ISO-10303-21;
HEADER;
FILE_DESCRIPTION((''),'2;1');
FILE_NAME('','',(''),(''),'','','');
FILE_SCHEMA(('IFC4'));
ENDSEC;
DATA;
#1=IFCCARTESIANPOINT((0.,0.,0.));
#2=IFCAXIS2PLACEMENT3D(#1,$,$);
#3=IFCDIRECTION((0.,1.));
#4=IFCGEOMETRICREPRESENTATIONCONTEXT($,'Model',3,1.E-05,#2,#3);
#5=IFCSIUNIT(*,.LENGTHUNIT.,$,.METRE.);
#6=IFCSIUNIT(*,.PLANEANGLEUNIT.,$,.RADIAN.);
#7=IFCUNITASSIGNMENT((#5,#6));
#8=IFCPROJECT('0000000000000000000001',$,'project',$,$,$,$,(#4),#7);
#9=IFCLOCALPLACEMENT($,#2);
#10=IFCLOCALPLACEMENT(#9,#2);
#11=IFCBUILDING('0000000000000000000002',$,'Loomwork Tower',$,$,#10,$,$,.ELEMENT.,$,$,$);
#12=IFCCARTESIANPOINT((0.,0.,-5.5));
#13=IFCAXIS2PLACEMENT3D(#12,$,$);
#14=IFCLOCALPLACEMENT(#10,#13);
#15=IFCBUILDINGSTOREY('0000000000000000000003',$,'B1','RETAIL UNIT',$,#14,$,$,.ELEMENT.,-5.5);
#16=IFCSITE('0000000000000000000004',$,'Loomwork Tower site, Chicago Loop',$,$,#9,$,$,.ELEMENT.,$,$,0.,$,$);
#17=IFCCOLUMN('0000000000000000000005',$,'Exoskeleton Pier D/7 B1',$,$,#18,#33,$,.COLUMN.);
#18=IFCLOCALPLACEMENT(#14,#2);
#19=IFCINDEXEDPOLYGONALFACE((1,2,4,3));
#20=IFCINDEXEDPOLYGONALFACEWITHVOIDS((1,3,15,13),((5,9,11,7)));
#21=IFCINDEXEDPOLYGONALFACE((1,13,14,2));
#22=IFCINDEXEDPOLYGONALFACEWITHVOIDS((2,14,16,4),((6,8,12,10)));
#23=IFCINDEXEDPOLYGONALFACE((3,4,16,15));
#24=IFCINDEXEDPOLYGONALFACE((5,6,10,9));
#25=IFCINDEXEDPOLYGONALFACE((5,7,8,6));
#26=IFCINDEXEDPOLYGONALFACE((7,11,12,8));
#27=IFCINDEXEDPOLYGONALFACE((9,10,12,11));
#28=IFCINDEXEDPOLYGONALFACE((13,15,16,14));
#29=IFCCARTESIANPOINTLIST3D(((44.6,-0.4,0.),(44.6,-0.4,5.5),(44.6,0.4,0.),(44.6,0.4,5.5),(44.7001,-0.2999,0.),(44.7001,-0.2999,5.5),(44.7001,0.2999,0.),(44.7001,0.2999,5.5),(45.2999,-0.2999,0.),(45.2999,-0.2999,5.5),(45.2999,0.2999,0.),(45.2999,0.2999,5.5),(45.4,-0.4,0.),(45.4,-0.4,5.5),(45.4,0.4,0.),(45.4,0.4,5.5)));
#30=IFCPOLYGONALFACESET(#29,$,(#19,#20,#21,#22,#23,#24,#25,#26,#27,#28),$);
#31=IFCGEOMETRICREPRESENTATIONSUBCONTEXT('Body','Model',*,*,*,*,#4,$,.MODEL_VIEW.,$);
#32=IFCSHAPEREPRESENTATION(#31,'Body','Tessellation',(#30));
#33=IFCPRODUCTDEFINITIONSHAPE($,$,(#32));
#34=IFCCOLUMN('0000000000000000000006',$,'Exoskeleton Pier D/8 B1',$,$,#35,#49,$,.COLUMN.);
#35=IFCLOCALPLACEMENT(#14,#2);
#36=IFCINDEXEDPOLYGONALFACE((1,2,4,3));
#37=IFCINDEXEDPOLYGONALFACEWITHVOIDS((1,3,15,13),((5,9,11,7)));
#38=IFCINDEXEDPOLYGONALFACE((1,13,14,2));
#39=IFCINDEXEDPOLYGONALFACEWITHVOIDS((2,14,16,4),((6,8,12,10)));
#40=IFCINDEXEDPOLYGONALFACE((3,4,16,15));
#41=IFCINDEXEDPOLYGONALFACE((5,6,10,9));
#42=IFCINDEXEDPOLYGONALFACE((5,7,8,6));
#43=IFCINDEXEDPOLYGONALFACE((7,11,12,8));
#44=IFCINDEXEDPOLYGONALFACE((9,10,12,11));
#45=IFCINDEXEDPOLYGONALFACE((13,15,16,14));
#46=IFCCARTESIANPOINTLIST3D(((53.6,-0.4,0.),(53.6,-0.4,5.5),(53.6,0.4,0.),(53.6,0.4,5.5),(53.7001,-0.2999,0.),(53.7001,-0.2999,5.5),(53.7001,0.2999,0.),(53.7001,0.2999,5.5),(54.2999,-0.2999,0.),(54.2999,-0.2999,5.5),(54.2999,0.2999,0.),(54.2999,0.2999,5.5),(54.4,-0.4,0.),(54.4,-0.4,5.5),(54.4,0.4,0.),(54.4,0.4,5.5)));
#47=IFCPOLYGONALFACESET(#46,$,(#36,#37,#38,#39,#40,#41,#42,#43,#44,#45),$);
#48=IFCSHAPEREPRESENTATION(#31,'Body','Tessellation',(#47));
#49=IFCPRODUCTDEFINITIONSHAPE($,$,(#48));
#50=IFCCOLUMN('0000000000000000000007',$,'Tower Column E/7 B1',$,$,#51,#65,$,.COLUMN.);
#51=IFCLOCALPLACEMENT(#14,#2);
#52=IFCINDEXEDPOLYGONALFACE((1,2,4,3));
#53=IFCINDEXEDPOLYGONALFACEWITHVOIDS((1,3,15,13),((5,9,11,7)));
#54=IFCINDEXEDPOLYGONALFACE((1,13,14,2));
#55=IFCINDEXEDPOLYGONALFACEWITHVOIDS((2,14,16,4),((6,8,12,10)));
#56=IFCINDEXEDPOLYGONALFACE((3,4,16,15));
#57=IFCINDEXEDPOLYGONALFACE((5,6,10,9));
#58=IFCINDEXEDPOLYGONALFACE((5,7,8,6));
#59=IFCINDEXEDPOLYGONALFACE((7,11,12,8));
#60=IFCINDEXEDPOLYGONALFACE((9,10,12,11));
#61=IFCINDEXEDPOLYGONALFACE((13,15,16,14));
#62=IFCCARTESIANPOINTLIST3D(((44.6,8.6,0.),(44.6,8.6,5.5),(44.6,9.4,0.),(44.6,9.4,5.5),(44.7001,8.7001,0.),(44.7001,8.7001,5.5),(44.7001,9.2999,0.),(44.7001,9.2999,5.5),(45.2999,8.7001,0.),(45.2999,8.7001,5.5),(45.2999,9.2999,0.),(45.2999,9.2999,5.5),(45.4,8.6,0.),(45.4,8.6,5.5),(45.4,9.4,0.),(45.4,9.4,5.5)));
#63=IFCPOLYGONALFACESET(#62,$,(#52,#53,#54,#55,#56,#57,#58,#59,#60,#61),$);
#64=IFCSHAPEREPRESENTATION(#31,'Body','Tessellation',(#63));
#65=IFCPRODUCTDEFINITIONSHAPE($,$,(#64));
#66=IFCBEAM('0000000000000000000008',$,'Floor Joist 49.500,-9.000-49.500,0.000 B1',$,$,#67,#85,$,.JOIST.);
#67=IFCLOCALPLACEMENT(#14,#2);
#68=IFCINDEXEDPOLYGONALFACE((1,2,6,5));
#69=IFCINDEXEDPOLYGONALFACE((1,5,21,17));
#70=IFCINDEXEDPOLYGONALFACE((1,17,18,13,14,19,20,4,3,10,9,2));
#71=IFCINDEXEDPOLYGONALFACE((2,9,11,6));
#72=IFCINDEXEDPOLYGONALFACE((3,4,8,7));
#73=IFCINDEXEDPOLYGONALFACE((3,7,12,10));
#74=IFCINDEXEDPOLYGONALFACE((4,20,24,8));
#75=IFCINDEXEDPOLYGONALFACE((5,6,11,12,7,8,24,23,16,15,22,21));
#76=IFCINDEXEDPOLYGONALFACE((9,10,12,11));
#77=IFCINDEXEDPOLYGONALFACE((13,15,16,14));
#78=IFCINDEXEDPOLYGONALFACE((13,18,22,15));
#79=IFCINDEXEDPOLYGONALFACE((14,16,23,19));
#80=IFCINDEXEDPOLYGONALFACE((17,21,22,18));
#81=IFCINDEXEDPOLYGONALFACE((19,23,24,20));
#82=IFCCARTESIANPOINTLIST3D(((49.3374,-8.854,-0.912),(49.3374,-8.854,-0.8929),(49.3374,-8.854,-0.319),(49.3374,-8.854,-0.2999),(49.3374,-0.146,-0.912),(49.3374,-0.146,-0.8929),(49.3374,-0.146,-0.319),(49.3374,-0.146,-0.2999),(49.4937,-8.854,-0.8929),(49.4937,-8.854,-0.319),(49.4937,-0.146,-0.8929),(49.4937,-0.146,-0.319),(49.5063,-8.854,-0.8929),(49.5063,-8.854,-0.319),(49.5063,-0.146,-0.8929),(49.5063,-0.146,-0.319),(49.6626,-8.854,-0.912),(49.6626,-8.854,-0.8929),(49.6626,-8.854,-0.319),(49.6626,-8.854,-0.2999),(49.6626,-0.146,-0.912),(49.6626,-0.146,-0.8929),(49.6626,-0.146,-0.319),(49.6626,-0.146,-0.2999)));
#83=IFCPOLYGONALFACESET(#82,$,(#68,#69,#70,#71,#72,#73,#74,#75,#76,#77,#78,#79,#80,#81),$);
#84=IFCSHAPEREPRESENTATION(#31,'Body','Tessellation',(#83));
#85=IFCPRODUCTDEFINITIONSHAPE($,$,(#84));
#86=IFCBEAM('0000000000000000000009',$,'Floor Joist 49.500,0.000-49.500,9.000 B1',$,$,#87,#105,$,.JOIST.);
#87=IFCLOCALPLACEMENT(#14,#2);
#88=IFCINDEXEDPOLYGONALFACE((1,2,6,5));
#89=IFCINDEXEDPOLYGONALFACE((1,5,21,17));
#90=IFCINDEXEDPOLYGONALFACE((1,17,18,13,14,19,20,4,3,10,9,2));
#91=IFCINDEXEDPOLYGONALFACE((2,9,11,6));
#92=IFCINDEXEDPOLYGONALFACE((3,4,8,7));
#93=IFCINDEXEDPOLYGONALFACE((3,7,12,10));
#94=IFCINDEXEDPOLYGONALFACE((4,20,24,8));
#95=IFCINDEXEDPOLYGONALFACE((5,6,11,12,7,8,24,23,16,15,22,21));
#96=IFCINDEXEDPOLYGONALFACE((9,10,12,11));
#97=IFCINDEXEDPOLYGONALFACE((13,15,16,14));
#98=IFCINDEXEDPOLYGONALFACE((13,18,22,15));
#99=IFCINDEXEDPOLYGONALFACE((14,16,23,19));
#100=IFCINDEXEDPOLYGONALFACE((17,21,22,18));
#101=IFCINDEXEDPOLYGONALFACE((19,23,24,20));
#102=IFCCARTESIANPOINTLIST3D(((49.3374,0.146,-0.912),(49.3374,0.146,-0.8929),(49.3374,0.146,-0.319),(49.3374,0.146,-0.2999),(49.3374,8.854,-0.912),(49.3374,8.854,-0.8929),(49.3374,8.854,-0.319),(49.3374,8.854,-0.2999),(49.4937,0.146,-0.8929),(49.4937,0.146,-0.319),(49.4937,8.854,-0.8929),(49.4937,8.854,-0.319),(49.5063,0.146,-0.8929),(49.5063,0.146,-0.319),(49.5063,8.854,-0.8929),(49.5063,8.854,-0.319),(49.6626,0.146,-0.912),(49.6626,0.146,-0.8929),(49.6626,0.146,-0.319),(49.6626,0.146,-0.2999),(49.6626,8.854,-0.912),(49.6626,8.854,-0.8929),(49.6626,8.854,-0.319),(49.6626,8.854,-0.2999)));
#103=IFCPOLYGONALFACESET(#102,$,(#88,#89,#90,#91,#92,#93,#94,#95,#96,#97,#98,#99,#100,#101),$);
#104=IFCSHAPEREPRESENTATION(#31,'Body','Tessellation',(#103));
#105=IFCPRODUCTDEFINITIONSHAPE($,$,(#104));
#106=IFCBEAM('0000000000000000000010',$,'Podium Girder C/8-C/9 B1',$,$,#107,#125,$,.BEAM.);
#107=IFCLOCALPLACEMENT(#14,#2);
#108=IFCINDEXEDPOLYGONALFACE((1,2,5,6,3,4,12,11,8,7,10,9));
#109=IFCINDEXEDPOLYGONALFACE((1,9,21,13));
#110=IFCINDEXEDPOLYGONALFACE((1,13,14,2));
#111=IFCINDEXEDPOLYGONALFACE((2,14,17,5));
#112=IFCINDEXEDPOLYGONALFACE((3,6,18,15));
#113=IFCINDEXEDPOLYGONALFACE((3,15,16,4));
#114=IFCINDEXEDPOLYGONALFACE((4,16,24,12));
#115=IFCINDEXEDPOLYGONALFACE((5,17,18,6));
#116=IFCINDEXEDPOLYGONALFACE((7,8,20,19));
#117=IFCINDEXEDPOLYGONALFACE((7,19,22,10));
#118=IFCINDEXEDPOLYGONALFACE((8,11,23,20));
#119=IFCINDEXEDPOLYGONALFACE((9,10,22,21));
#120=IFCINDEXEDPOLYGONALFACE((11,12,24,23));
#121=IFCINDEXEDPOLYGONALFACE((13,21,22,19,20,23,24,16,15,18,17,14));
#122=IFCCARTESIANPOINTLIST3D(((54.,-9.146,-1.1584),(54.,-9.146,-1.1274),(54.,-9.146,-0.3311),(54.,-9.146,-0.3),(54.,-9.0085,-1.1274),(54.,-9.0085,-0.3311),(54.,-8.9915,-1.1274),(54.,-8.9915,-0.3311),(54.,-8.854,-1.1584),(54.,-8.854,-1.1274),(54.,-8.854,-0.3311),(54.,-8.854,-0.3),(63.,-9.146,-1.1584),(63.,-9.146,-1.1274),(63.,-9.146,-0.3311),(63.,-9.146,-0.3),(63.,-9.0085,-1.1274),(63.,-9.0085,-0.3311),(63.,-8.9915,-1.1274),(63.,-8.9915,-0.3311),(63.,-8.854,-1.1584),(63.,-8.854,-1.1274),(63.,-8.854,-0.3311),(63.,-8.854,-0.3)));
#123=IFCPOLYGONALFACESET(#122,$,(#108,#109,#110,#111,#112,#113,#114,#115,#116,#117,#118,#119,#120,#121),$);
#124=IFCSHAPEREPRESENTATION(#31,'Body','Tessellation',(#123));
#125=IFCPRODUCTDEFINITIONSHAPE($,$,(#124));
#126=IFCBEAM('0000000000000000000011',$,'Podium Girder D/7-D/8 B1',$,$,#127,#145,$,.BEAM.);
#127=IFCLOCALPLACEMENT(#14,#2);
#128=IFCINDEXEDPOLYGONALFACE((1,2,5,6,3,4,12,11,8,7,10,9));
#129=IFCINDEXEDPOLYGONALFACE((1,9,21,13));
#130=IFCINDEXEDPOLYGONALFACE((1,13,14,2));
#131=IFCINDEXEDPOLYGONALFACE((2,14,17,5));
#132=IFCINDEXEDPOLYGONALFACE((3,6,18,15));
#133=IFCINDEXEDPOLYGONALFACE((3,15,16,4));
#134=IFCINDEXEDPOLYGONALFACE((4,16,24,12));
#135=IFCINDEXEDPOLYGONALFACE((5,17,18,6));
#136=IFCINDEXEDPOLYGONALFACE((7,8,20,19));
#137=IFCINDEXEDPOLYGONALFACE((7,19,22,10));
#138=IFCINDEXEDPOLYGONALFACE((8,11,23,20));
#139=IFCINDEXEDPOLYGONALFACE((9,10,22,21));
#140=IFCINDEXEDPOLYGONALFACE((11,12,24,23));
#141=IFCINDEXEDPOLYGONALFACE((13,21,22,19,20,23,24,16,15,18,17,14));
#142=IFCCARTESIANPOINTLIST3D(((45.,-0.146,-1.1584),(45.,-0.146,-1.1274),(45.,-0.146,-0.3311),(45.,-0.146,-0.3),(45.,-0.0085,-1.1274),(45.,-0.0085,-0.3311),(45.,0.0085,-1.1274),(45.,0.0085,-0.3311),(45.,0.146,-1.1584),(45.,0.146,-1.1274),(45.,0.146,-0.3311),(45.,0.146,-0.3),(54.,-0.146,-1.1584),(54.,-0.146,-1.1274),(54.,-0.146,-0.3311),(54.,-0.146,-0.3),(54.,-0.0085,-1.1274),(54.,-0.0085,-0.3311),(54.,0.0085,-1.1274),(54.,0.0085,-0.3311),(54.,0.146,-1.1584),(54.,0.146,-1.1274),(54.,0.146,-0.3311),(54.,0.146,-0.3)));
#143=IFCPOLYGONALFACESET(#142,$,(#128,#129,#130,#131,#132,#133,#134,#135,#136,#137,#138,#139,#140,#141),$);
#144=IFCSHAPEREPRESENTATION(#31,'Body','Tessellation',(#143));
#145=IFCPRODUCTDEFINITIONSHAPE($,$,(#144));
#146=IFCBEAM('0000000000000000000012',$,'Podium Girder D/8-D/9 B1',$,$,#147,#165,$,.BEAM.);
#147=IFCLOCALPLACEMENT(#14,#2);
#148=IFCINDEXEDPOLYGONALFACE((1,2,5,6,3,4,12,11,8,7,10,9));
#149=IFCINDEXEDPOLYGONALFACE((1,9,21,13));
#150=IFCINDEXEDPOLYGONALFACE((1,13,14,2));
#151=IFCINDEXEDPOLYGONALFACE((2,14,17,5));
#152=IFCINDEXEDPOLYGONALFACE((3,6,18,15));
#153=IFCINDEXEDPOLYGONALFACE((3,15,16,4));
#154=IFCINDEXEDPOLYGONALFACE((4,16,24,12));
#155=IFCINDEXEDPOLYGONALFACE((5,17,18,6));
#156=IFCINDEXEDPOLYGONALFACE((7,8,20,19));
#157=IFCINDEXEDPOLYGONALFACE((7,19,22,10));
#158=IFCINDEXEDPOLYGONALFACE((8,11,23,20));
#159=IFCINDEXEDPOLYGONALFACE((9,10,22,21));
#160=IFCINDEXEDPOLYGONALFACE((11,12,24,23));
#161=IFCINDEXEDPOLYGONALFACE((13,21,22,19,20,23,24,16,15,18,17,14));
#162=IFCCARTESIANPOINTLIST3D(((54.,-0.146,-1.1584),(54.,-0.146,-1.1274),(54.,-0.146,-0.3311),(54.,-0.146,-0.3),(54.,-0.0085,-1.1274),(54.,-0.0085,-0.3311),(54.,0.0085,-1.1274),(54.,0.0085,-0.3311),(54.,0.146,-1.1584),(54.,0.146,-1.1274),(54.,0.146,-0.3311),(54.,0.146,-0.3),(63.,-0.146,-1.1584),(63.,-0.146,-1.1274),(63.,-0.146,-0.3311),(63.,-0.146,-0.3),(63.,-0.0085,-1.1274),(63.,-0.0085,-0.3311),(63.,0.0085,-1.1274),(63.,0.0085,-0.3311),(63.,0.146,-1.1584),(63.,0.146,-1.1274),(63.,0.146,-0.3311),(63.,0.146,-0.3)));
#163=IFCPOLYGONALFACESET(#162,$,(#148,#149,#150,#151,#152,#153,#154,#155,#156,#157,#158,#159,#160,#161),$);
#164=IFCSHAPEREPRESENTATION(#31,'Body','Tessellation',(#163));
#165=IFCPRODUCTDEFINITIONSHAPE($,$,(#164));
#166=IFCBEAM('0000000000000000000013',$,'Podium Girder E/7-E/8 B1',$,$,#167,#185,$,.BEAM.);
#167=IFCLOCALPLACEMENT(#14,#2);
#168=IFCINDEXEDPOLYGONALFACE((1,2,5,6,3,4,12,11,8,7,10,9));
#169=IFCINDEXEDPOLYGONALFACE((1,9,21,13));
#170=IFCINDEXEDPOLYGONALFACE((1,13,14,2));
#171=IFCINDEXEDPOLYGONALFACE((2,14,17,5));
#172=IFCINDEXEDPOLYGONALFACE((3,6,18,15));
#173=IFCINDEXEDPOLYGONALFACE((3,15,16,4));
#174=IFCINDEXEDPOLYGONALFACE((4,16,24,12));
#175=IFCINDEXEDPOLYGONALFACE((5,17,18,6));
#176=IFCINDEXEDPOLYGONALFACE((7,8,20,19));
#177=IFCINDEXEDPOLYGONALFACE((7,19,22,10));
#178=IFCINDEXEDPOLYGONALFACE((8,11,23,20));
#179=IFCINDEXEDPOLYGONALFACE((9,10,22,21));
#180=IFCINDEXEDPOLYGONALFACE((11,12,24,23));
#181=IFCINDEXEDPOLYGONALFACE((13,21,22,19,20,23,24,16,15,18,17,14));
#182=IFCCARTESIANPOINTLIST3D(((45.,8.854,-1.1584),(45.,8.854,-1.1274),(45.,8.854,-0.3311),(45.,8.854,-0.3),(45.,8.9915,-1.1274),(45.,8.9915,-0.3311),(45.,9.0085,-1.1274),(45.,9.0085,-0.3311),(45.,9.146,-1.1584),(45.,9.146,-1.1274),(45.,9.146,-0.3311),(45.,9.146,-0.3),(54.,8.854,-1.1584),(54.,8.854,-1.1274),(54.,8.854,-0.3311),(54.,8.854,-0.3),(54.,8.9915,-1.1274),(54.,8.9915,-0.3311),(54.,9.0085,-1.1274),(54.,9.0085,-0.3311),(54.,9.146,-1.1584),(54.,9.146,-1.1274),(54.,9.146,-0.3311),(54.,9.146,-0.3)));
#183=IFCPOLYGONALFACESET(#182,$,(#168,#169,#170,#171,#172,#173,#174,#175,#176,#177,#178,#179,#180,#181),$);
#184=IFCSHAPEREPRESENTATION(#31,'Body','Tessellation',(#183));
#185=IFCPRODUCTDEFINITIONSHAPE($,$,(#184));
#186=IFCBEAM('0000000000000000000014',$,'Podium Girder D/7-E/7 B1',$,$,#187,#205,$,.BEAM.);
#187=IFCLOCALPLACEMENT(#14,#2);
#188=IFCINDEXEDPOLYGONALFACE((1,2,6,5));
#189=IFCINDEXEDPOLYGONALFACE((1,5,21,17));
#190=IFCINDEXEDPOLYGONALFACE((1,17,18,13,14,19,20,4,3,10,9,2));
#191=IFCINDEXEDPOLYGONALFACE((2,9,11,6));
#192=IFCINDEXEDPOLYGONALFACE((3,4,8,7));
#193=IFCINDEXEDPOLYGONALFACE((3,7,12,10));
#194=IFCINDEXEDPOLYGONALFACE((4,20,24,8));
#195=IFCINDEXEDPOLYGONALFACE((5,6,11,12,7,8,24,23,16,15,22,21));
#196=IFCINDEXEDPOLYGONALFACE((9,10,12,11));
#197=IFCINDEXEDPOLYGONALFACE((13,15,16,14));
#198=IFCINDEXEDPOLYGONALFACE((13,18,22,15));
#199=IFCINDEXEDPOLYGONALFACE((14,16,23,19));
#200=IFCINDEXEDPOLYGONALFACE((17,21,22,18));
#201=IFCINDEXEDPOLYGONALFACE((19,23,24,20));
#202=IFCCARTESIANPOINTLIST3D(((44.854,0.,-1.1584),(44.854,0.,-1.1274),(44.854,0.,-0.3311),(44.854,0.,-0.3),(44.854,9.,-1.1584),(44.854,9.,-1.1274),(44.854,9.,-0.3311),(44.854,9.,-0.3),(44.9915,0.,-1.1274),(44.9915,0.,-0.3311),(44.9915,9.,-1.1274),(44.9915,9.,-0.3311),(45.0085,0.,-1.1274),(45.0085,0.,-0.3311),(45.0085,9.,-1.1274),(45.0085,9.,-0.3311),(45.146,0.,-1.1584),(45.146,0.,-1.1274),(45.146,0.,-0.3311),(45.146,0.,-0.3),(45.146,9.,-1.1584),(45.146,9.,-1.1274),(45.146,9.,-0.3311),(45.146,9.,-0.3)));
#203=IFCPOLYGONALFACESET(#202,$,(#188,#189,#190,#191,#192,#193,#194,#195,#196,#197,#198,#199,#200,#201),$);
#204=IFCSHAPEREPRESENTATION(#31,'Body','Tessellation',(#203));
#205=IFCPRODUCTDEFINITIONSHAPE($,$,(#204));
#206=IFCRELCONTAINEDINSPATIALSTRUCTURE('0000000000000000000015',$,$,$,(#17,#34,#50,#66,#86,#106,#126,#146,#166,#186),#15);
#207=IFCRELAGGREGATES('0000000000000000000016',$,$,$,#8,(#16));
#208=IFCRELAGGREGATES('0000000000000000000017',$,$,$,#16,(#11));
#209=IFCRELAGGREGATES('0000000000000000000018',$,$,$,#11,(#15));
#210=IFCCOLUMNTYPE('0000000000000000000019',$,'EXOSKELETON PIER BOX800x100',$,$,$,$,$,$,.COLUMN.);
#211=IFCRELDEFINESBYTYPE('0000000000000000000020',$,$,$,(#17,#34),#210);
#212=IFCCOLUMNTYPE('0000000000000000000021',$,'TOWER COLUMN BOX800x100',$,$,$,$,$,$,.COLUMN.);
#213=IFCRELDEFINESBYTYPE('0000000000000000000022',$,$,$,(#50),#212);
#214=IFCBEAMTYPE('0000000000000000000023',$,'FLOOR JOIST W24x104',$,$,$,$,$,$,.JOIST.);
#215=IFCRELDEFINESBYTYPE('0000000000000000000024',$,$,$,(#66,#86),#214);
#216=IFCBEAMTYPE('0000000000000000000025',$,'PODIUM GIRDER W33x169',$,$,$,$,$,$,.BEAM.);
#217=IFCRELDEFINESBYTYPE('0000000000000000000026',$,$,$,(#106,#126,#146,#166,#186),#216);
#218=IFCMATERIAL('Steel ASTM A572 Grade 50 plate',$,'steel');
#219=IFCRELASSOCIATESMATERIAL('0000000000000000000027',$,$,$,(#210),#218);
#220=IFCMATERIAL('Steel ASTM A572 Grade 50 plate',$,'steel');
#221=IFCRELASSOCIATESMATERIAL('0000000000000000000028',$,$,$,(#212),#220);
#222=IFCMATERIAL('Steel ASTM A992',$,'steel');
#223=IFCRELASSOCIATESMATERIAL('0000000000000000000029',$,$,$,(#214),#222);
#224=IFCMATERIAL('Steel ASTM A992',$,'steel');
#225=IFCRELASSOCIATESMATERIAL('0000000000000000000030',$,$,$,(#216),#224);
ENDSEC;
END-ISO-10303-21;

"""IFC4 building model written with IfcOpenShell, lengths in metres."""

from ifc_helpers import new_model, si_unit, direction, frame, origin, origin_2d, place, context, subcontext, project, spatial, hollow_rectangle, i_section, extrude, material, material_profile, profile_set, type_object, element, save


model = new_model("IFC4")

# Units and contexts
model_context = context("Model", 3, precision=1e-05, world=origin(), true_north=direction((0.0, 1.0)))
body_context = subcontext(model_context, "Body", "Model", "MODEL_VIEW")
ifc_project = project(units=[si_unit("LENGTHUNIT", "METRE"), si_unit("PLANEANGLEUNIT", "RADIAN")], contexts=[model_context])

# Site, building, storey
site_placement = place(None, origin())
site = spatial("IfcSite", under=ifc_project, at=site_placement, Name="Loomwork Tower site, Chicago Loop", CompositionType="ELEMENT", RefElevation=0.0)
building_placement = place(site_placement, origin())
building = spatial("IfcBuilding", under=site, at=building_placement, Name="Loomwork Tower", CompositionType="ELEMENT")
storey_placement = place(building_placement, frame((0.0, 0.0, -5.5)))
storey = spatial("IfcBuildingStorey", under=building, at=storey_placement, Name="B1", Description="RETAIL UNIT", CompositionType="ELEMENT", Elevation=-5.5)

# Columns
ifc_material_1 = material(Name="Steel ASTM A572 Grade 50 plate", Category="steel")
ifc_material_profile_1 = material_profile(ifc_material_1, hollow_rectangle(XDim=0.8, YDim=0.8, WallThickness=0.1001, at=origin_2d()), Name="BOX800x100")
ifc_profile_set_1 = profile_set([ifc_material_profile_1], Name="Steel ASTM A572 Grade 50 plate")
column_type_1 = type_object("IfcColumnType", Name="EXOSKELETON PIER BOX800x100", PredefinedType="COLUMN", material=ifc_profile_set_1)
for number, where, z_axis, x_axis, name in (
    (1, (45.0, 0.0, 0.0), (0.0, 0.0, 1.0), (1.0, 0.0, 0.0), "Exoskeleton Pier D/7 B1"),
    (2, (54.0, 0.0, 0.0), (0.0, 0.0, 1.0), (1.0, 0.0, 0.0), "Exoskeleton Pier D/8 B1"),
):
    element("IfcColumn", number, at=place(storey_placement, frame(where, z_axis=z_axis, x_axis=x_axis)), inside=storey, type_object=column_type_1, Name=name, PredefinedType="COLUMN", context=body_context, shape_type="SweptSolid", body=[
        extrude(hollow_rectangle(XDim=0.8, YDim=0.8, WallThickness=0.1001, at=origin_2d()), origin(), (0.0, 0.0, 1.0), 5.5),
    ])
ifc_material_2 = material(Name="Steel ASTM A572 Grade 50 plate", Category="steel")
ifc_material_profile_2 = material_profile(ifc_material_2, hollow_rectangle(XDim=0.8, YDim=0.8, WallThickness=0.1001, at=origin_2d()), Name="BOX800x100")
ifc_profile_set_2 = profile_set([ifc_material_profile_2], Name="Steel ASTM A572 Grade 50 plate")
column_type_2 = type_object("IfcColumnType", Name="TOWER COLUMN BOX800x100", PredefinedType="COLUMN", material=ifc_profile_set_2)
column_placement = place(storey_placement, frame((45.0, 9.0, 0.0), z_axis=(0.0, 0.0, 1.0), x_axis=(0.0, 1.0, 0.0)))
element("IfcColumn", 3, at=column_placement, inside=storey, type_object=column_type_2, Name="Tower Column E/7 B1", PredefinedType="COLUMN", context=body_context, shape_type="SweptSolid", body=[
    extrude(hollow_rectangle(XDim=0.8, YDim=0.8, WallThickness=0.1001, at=origin_2d()), origin(), (0.0, 0.0, 1.0), 5.5),
])

# Beams
ifc_material_3 = material(Name="Steel ASTM A992", Category="steel")
ifc_material_profile_3 = material_profile(ifc_material_3, i_section(OverallWidth=0.3252, OverallDepth=0.6121, WebThickness=0.0127, FlangeThickness=0.019, at=origin_2d()), Name="W24x104")
ifc_profile_set_3 = profile_set([ifc_material_profile_3], Name="Steel ASTM A992")
beam_type_1 = type_object("IfcBeamType", Name="FLOOR JOIST W24x104", PredefinedType="JOIST", material=ifc_profile_set_3)
for number, where, z_axis, x_axis, name in (
    (4, (49.5, -8.854, -0.606), (0.0, 1.0, 0.0), (-1.0, 0.0, 0.0), "Floor Joist 49.500,-9.000-49.500,0.000 B1"),
    (5, (49.5, 0.146, -0.606), (0.0, 1.0, 0.0), (-1.0, 0.0, 0.0), "Floor Joist 49.500,0.000-49.500,9.000 B1"),
):
    element("IfcBeam", number, at=place(storey_placement, frame(where, z_axis=z_axis, x_axis=x_axis)), inside=storey, type_object=beam_type_1, Name=name, PredefinedType="JOIST", context=body_context, shape_type="SweptSolid", body=[
        extrude(i_section(OverallWidth=0.3252, OverallDepth=0.6121, WebThickness=0.0127, FlangeThickness=0.019, at=origin_2d()), origin(), (0.0, 0.0, 1.0), 8.708),
    ])
ifc_material_4 = material(Name="Steel ASTM A992", Category="steel")
ifc_material_profile_4 = material_profile(ifc_material_4, i_section(OverallWidth=0.292, OverallDepth=0.8584, WebThickness=0.0171, FlangeThickness=0.031, at=origin_2d()), Name="W33x169")
ifc_profile_set_4 = profile_set([ifc_material_profile_4], Name="Steel ASTM A992")
beam_type_2 = type_object("IfcBeamType", Name="PODIUM GIRDER W33x169", PredefinedType="BEAM", material=ifc_profile_set_4)
for number, where, z_axis, x_axis, name in (
    (6, (54.0, -9.0, -0.7292), (1.0, 0.0, 0.0), (0.0, 1.0, 0.0), "Podium Girder C/8-C/9 B1"),
    (7, (45.0, 0.0, -0.7292), (1.0, 0.0, 0.0), (0.0, 1.0, 0.0), "Podium Girder D/7-D/8 B1"),
    (8, (54.0, 0.0, -0.7292), (1.0, 0.0, 0.0), (0.0, 1.0, 0.0), "Podium Girder D/8-D/9 B1"),
    (9, (45.0, 9.0, -0.7292), (1.0, 0.0, 0.0), (0.0, 1.0, 0.0), "Podium Girder E/7-E/8 B1"),
    (10, (45.0, 0.0, -0.7292), (0.0, 1.0, 0.0), (-1.0, 0.0, 0.0), "Podium Girder D/7-E/7 B1"),
):
    element("IfcBeam", number, at=place(storey_placement, frame(where, z_axis=z_axis, x_axis=x_axis)), inside=storey, type_object=beam_type_2, Name=name, PredefinedType="BEAM", context=body_context, shape_type="SweptSolid", body=[
        extrude(i_section(OverallWidth=0.292, OverallDepth=0.8584, WebThickness=0.0171, FlangeThickness=0.031, at=origin_2d()), origin(), (0.0, 0.0, 1.0), 9.0),
    ])

save(model, "model.ifc")
